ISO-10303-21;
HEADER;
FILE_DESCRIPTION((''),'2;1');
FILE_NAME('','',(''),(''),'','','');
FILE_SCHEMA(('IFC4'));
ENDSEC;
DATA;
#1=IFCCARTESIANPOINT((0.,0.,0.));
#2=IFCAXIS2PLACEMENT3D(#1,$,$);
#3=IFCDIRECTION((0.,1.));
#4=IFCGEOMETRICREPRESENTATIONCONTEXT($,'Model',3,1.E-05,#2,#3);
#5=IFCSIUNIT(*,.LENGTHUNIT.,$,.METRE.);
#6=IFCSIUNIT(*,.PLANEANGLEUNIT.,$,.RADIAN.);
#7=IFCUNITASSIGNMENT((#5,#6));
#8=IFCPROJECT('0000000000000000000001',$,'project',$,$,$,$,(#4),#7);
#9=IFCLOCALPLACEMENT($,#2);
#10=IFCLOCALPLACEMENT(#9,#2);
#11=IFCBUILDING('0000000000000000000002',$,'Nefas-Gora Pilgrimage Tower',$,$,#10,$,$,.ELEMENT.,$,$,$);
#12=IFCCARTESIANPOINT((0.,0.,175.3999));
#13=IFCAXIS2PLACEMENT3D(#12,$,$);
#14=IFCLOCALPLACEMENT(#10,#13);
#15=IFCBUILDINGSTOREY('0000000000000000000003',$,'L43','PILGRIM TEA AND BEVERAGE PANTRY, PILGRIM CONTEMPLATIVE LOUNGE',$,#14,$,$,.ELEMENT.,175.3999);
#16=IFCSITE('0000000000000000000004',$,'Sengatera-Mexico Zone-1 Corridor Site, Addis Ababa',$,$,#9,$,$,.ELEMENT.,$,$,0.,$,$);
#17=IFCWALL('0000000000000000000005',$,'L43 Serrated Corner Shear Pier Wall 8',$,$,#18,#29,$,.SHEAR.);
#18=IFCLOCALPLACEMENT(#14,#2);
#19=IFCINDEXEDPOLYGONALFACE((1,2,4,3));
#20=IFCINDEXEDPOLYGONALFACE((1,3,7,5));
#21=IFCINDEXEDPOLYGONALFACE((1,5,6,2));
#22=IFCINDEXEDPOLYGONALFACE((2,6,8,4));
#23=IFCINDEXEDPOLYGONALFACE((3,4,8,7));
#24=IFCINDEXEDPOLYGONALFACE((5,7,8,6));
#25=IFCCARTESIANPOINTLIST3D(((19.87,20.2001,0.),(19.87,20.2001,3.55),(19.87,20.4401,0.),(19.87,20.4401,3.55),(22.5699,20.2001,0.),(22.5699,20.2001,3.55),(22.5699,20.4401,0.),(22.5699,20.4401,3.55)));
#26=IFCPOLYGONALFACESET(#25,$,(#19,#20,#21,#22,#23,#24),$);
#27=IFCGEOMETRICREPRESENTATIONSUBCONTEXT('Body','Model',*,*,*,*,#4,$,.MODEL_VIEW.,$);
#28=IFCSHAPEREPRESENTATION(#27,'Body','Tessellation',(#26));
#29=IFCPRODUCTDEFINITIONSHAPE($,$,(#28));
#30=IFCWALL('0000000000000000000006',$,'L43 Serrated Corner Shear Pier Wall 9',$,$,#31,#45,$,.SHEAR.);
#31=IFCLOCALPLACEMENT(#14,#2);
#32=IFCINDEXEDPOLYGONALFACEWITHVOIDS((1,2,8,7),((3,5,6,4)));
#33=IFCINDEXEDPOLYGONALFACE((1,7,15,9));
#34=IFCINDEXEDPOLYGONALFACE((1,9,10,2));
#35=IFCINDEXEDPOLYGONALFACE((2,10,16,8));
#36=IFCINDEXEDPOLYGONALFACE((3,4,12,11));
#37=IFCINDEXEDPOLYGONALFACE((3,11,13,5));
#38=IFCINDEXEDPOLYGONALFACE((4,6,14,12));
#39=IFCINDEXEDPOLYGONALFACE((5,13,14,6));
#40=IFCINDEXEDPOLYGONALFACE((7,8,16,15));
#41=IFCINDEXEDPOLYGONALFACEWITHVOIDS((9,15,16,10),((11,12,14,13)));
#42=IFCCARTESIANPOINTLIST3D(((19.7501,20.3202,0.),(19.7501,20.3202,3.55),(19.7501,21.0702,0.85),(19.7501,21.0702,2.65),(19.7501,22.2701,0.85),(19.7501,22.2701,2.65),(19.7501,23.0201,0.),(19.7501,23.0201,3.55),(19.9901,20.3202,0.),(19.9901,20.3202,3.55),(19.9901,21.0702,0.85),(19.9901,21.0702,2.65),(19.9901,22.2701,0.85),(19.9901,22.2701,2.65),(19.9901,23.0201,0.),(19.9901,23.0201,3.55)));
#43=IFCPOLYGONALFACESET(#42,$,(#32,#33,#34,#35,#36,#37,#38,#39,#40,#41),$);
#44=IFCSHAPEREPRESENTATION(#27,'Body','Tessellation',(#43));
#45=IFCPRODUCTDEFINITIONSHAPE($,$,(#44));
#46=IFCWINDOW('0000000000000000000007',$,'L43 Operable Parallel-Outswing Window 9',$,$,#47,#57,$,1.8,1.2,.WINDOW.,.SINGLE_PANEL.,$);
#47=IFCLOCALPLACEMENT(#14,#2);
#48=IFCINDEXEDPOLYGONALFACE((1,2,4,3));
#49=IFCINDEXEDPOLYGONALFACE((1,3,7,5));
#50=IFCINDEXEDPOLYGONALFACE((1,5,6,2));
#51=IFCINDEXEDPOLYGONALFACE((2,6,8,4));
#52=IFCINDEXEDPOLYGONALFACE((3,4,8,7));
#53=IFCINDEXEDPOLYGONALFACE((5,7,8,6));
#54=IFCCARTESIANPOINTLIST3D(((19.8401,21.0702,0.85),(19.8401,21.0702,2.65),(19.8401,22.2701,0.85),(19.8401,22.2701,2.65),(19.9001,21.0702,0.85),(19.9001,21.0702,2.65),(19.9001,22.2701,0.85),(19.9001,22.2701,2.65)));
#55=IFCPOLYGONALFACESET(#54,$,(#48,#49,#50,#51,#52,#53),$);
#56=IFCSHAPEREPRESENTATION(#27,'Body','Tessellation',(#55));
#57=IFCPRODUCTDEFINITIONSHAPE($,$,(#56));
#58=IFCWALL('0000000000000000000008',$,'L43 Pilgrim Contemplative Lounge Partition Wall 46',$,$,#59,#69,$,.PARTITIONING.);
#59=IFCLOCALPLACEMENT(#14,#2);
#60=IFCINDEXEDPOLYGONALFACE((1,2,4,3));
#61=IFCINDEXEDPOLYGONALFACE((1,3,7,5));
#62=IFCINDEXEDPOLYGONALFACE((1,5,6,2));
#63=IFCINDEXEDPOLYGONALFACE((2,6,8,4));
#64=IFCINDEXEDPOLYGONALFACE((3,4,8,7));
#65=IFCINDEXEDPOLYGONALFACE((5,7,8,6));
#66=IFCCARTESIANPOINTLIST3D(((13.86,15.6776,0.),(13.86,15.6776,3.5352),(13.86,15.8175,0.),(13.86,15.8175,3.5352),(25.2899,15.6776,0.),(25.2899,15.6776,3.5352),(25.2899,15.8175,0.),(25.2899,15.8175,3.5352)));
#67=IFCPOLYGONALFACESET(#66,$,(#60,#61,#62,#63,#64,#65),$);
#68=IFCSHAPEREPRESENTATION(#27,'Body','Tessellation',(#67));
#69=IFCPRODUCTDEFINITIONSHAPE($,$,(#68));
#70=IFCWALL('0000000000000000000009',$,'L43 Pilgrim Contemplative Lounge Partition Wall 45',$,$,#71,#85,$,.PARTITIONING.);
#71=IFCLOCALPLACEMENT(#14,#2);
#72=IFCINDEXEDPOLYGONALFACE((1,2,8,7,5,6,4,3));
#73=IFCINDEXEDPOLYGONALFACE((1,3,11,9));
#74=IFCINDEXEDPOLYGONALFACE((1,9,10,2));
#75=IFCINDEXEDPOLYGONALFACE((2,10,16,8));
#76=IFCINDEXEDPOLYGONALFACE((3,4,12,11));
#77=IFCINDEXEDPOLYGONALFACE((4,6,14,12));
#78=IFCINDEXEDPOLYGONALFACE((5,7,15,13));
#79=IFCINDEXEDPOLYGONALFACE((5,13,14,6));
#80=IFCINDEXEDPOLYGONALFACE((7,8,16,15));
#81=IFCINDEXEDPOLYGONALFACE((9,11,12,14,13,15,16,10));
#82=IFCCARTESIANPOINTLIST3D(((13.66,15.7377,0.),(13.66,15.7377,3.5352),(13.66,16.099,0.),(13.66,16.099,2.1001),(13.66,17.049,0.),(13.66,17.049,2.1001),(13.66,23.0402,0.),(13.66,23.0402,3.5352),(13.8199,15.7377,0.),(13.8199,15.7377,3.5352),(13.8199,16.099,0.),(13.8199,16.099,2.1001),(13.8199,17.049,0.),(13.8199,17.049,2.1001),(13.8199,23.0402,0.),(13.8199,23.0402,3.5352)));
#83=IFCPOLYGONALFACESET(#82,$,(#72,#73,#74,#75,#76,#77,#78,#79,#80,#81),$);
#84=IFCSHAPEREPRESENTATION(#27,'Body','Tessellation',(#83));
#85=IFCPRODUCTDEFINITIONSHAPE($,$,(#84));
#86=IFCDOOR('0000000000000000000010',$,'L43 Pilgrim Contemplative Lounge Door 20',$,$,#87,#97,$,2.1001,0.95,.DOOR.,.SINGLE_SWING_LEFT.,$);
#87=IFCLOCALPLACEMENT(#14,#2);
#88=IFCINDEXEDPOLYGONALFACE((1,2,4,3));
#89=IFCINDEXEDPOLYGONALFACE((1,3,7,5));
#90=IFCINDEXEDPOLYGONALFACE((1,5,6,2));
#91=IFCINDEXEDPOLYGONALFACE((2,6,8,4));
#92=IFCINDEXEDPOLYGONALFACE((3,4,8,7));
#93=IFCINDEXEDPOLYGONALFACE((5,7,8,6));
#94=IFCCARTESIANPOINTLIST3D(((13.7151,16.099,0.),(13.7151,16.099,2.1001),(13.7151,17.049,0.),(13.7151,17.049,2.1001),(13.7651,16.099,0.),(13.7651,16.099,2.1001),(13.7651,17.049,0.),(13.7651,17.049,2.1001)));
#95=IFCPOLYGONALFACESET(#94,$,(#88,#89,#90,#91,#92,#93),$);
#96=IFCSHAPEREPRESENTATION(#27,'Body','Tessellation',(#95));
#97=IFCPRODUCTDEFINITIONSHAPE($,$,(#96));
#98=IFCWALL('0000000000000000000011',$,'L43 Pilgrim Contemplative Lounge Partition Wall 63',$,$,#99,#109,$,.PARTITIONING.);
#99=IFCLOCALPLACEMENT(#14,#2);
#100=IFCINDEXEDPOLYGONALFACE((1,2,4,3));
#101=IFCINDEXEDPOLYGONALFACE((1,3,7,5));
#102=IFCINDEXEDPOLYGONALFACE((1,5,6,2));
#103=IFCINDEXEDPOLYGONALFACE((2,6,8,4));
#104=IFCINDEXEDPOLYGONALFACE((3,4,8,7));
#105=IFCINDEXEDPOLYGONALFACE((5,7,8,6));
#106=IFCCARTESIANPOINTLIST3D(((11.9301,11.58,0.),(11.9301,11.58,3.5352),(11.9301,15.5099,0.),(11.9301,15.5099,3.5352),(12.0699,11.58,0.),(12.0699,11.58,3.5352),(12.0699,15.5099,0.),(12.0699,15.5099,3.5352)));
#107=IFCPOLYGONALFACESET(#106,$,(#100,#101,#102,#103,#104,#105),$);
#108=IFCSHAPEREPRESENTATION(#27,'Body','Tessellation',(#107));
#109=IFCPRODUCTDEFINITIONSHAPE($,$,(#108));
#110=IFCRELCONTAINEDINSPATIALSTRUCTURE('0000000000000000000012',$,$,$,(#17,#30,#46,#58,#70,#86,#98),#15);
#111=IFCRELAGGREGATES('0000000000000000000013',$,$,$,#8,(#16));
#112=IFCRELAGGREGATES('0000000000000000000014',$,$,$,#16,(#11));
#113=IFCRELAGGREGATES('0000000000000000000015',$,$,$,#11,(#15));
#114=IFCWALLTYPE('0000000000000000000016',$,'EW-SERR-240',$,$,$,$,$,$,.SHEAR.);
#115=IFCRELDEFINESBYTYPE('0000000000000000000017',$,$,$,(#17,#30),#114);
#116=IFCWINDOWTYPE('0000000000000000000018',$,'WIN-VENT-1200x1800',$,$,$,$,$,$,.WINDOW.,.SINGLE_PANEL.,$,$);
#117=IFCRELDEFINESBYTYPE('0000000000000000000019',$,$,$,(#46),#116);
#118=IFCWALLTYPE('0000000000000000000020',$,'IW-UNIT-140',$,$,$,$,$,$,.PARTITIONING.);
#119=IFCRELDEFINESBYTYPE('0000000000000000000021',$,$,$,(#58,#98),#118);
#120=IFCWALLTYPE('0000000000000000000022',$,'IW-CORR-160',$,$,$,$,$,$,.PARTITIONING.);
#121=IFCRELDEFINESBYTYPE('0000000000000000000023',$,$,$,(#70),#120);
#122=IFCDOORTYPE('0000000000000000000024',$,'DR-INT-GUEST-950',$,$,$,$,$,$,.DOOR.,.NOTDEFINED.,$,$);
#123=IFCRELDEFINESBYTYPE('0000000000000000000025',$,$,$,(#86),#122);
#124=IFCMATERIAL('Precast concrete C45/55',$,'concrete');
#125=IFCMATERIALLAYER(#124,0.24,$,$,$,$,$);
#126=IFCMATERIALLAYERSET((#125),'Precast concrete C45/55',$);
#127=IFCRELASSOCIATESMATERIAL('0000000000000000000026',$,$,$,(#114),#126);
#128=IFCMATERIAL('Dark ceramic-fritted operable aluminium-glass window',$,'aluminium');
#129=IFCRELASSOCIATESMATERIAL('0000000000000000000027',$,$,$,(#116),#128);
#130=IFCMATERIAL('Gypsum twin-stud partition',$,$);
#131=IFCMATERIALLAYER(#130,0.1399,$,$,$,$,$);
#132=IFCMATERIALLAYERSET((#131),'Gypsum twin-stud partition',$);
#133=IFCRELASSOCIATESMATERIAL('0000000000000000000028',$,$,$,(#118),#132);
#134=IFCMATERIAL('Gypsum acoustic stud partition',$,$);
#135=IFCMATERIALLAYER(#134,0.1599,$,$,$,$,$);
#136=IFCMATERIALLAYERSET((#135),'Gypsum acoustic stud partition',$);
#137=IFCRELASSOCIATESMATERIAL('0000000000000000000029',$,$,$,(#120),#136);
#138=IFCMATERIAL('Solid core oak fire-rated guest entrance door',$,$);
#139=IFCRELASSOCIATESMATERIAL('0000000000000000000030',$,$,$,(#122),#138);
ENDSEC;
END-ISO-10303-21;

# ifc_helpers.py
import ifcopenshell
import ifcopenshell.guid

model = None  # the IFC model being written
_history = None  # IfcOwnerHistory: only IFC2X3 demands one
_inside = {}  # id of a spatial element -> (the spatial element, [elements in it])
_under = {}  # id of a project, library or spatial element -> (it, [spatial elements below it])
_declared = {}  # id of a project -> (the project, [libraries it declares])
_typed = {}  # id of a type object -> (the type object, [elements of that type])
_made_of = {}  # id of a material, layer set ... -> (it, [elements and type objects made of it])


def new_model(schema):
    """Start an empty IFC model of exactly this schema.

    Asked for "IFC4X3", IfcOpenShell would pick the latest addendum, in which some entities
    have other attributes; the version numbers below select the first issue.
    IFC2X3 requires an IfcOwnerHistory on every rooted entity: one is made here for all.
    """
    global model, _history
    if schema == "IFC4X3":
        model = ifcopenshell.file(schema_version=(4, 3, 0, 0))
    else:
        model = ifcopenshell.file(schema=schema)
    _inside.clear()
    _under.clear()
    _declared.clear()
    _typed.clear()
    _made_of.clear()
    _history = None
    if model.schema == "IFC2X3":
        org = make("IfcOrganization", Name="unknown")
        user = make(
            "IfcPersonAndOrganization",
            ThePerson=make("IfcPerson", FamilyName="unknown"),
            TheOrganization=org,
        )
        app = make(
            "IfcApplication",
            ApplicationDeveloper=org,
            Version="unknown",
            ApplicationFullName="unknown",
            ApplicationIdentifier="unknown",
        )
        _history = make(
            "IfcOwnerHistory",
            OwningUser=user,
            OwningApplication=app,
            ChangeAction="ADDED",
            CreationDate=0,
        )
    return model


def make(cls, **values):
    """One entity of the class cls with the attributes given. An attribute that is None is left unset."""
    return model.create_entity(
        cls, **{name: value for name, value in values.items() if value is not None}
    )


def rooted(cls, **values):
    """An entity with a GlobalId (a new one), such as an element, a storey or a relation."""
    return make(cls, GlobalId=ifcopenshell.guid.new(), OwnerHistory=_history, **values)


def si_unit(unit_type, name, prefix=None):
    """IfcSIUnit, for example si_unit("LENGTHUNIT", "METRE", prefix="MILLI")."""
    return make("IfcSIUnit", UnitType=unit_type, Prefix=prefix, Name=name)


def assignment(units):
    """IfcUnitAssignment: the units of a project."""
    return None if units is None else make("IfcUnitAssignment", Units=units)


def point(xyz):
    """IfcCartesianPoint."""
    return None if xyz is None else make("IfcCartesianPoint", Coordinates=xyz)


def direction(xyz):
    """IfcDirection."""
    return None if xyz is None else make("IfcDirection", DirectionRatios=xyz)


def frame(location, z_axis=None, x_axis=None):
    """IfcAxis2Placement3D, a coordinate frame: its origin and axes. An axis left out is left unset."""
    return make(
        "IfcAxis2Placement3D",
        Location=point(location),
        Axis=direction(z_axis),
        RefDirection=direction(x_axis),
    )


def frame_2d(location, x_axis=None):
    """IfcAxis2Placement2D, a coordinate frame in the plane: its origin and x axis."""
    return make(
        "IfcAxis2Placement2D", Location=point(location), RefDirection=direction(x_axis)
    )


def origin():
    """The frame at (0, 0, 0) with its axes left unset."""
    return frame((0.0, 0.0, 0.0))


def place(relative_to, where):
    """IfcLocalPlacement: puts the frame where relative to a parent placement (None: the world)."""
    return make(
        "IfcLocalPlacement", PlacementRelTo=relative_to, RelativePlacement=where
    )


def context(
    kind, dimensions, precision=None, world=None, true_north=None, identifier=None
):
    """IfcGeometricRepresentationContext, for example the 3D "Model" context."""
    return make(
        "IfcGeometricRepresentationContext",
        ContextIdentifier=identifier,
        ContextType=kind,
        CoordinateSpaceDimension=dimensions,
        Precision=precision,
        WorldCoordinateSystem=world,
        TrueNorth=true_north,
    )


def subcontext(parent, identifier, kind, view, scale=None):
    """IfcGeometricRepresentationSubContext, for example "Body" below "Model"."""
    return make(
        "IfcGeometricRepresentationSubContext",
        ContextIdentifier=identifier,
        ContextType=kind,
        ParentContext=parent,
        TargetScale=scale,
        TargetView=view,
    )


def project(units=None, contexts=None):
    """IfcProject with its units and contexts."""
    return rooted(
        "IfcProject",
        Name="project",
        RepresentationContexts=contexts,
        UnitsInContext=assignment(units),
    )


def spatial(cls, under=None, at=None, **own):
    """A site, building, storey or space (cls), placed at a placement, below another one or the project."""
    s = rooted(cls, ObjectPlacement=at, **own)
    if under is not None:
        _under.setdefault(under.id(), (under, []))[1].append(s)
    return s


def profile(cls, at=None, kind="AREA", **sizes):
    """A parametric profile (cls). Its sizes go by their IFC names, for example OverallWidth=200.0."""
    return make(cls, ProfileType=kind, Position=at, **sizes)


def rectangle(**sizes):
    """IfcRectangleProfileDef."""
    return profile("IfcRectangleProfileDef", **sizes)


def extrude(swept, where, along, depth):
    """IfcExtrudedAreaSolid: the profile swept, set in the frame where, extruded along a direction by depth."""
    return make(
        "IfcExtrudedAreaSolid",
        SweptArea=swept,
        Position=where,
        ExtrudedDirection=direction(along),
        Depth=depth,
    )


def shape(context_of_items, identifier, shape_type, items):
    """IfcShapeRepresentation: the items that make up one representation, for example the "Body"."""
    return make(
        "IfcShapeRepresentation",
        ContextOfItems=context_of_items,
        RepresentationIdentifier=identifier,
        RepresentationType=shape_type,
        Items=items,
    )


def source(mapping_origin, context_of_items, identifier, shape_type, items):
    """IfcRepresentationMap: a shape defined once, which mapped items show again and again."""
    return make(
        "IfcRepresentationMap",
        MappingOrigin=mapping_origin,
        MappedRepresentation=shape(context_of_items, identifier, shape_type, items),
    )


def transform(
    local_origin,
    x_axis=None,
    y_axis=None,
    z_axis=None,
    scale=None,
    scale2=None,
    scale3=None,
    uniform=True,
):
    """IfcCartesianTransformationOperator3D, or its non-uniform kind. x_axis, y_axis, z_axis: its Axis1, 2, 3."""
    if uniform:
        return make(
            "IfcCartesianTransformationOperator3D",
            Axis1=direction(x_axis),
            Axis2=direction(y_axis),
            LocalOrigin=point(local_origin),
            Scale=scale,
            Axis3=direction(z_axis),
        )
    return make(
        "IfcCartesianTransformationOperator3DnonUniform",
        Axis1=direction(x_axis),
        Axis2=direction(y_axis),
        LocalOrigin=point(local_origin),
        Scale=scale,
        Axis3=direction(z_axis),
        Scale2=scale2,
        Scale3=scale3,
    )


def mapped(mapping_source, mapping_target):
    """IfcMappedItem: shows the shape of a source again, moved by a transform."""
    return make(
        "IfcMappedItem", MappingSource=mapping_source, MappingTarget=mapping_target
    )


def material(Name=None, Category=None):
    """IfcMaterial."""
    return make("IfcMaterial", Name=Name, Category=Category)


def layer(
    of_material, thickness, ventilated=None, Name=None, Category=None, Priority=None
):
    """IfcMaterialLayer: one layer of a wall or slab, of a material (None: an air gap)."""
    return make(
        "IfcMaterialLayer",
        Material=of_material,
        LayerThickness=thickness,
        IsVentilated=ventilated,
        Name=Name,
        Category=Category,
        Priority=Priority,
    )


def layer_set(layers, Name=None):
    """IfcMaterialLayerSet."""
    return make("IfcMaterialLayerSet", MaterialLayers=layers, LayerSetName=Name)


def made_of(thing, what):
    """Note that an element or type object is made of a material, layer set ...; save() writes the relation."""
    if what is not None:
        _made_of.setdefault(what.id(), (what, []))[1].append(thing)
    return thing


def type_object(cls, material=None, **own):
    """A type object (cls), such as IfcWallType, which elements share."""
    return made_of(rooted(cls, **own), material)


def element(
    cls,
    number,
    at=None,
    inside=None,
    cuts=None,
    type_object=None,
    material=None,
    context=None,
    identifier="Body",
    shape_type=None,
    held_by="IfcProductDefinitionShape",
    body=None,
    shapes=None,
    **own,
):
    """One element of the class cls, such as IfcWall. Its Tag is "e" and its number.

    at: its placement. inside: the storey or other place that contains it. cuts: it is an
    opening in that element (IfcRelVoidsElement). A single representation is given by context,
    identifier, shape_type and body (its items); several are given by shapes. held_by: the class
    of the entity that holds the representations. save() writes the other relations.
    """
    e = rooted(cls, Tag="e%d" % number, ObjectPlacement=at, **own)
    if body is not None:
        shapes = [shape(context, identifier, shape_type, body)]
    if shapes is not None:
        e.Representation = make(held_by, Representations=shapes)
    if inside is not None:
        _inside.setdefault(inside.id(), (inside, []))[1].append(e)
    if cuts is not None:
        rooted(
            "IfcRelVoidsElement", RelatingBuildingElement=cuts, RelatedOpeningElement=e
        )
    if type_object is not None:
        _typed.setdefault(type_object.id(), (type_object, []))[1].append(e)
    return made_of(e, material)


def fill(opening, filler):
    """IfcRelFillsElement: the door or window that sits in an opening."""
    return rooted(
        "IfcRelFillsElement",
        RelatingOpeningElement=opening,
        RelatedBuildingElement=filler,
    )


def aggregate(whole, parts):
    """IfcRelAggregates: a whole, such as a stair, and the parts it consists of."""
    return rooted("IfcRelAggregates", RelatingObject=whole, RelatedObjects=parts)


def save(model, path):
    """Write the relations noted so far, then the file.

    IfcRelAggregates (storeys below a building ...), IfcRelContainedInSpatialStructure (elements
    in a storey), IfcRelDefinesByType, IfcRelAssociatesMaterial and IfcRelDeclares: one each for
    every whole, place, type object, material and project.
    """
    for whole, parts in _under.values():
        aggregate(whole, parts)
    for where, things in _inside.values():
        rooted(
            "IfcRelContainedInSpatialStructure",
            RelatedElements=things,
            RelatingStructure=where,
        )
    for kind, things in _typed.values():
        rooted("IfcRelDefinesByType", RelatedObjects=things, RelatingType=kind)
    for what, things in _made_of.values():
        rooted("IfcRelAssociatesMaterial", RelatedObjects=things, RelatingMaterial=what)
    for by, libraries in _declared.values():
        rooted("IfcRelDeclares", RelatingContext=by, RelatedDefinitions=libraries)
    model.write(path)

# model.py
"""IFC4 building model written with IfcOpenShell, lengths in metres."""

from ifc_helpers import new_model, si_unit, direction, frame, frame_2d, origin, place, context, subcontext, project, spatial, rectangle, extrude, source, transform, mapped, material, layer, layer_set, type_object, element, fill, save


model = new_model("IFC4")

# Units and contexts
model_context = context("Model", 3, precision=1e-05, world=origin(), true_north=direction((0.0, 1.0)))
body_context = subcontext(model_context, "Body", "Model", "MODEL_VIEW")
ifc_project = project(units=[si_unit("LENGTHUNIT", "METRE"), si_unit("PLANEANGLEUNIT", "RADIAN")], contexts=[model_context])

# Site, building, storey
site_placement = place(None, origin())
site = spatial("IfcSite", under=ifc_project, at=site_placement, Name="Sengatera-Mexico Zone-1 Corridor Site, Addis Ababa", CompositionType="ELEMENT", RefElevation=0.0)
building_placement = place(site_placement, origin())
building = spatial("IfcBuilding", under=site, at=building_placement, Name="Nefas-Gora Pilgrimage Tower", CompositionType="ELEMENT")
storey_placement = place(building_placement, frame((0.0, 0.0, 175.3999)))
storey = spatial("IfcBuildingStorey", under=building, at=storey_placement, Name="L43", Description="PILGRIM TEA AND BEVERAGE PANTRY, PILGRIM CONTEMPLATIVE LOUNGE", CompositionType="ELEMENT", Elevation=175.3999)

# Wall
ifc_material_1 = material(Name="Precast concrete C45/55", Category="concrete")
ifc_layer_1 = layer(ifc_material_1, 0.24)
ifc_layer_set_1 = layer_set([ifc_layer_1], Name="Precast concrete C45/55")
wall_type_1 = type_object("IfcWallType", Name="EW-SERR-240", PredefinedType="SHEAR", material=ifc_layer_set_1)
shared_shape_1 = source(origin(), body_context, "Body", "SweptSolid", [
    extrude(rectangle(XDim=2.7, YDim=0.24, at=frame_2d((1.3501, 0.0))), origin(), (0.0, 0.0, 1.0), 3.55),
])
for number, where, z_axis, x_axis, name in (
    (1, (22.5701, 20.3201, 0.0), (0.0, 0.0, 1.0), (-1.0, 0.0, 0.0), "L43 Serrated Corner Shear Pier Wall 8"),
):
    element("IfcWall", number, at=place(storey_placement, frame(where, z_axis=z_axis, x_axis=x_axis)), inside=storey, type_object=wall_type_1, Name=name, PredefinedType="SHEAR", context=body_context, shape_type="MappedRepresentation", body=[
        mapped(shared_shape_1, transform((0.0, 0.0, 0.0), x_axis=(1.0, 0.0, 0.0), y_axis=(0.0, 1.0, 0.0), z_axis=(0.0, 0.0, 1.0), scale=1.0)),
    ])

# Wall, opening, window
wall_1_placement = place(storey_placement, frame((19.8701, 20.3201, 0.0), z_axis=(0.0, 0.0, 1.0), x_axis=(0.0, 1.0, 0.0)))
wall_1 = element("IfcWall", 2, at=wall_1_placement, inside=storey, type_object=wall_type_1, Name="L43 Serrated Corner Shear Pier Wall 9", PredefinedType="SHEAR", context=body_context, shape_type="MappedRepresentation", body=[
    mapped(shared_shape_1, transform((0.0, 0.0, 0.0), x_axis=(1.0, 0.0, 0.0), y_axis=(0.0, 1.0, 0.0), z_axis=(0.0, 0.0, 1.0), scale=1.0)),
])
opening_1_placement = place(wall_1_placement, frame((0.75, 0.0, 0.8501)))
opening_1 = element("IfcOpeningElement", 3, at=opening_1_placement, cuts=wall_1, PredefinedType="OPENING", context=body_context, shape_type="SweptSolid", body=[
    extrude(rectangle(XDim=1.2, YDim=1.8, at=frame_2d((0.6001, 0.8999))), frame((0.0, 0.1299, 0.0), z_axis=(0.0, -1.0, 0.0), x_axis=(1.0, 0.0, 0.0)), (0.0, 0.0, 1.0), 0.26),
])
ifc_material_2 = material(Name="Dark ceramic-fritted operable aluminium-glass window", Category="aluminium")
window_type = type_object("IfcWindowType", Name="WIN-VENT-1200x1800", PartitioningType="SINGLE_PANEL", PredefinedType="WINDOW", material=ifc_material_2)
shared_shape_2 = source(origin(), body_context, "Body", "SweptSolid", [
    extrude(rectangle(XDim=1.2, YDim=1.8, at=frame_2d((0.6001, 0.8999))), frame((0.0, 0.03, 0.0), z_axis=(0.0, -1.0, 0.0), x_axis=(1.0, 0.0, 0.0)), (0.0, 0.0, 1.0), 0.0601),
])
window_placement = place(opening_1_placement, origin())
window = element("IfcWindow", 4, at=window_placement, inside=storey, type_object=window_type, Name="L43 Operable Parallel-Outswing Window 9", OverallHeight=1.8, OverallWidth=1.2, PartitioningType="SINGLE_PANEL", PredefinedType="WINDOW", context=body_context, shape_type="MappedRepresentation", body=[
    mapped(shared_shape_2, transform((0.0, 0.0, 0.0), x_axis=(1.0, 0.0, 0.0), y_axis=(0.0, 1.0, 0.0), z_axis=(0.0, 0.0, 1.0), scale=1.0)),
])
fill(opening_1, window)

# Wall
ifc_material_3 = material(Name="Gypsum twin-stud partition")
ifc_layer_2 = layer(ifc_material_3, 0.1399)
ifc_layer_set_2 = layer_set([ifc_layer_2], Name="Gypsum twin-stud partition")
wall_type_2 = type_object("IfcWallType", Name="IW-UNIT-140", PredefinedType="PARTITIONING", material=ifc_layer_set_2)
shared_shape_3 = source(origin(), body_context, "Body", "SweptSolid", [
    extrude(rectangle(XDim=11.4299, YDim=0.1399, at=frame_2d((5.7148, 0.0))), origin(), (0.0, 0.0, 1.0), 3.5352),
])
wall_2_placement = place(storey_placement, frame((13.8601, 15.7476, 0.0), z_axis=(0.0, 0.0, 1.0), x_axis=(1.0, 0.0, 0.0)))
element("IfcWall", 5, at=wall_2_placement, inside=storey, type_object=wall_type_2, Name="L43 Pilgrim Contemplative Lounge Partition Wall 46", PredefinedType="PARTITIONING", context=body_context, shape_type="MappedRepresentation", body=[
    mapped(shared_shape_3, transform((0.0, 0.0, 0.0), x_axis=(1.0, 0.0, 0.0), y_axis=(0.0, 1.0, 0.0), z_axis=(0.0, 0.0, 1.0), scale=1.0)),
])

# Wall, opening, door
ifc_material_4 = material(Name="Gypsum acoustic stud partition")
ifc_layer_3 = layer(ifc_material_4, 0.1599)
ifc_layer_set_3 = layer_set([ifc_layer_3], Name="Gypsum acoustic stud partition")
wall_type_3 = type_object("IfcWallType", Name="IW-CORR-160", PredefinedType="PARTITIONING", material=ifc_layer_set_3)
shared_shape_4 = source(origin(), body_context, "Body", "SweptSolid", [
    extrude(rectangle(XDim=7.3025, YDim=0.1599, at=frame_2d((3.6514, 0.0))), origin(), (0.0, 0.0, 1.0), 3.5352),
])
wall_3_placement = place(storey_placement, frame((13.74, 15.7375, 0.0), z_axis=(0.0, 0.0, 1.0), x_axis=(0.0, 1.0, 0.0)))
wall_3 = element("IfcWall", 6, at=wall_3_placement, inside=storey, type_object=wall_type_3, Name="L43 Pilgrim Contemplative Lounge Partition Wall 45", PredefinedType="PARTITIONING", context=body_context, shape_type="MappedRepresentation", body=[
    mapped(shared_shape_4, transform((0.0, 0.0, 0.0), x_axis=(1.0, 0.0, 0.0), y_axis=(0.0, 1.0, 0.0), z_axis=(0.0, 0.0, 1.0), scale=1.0)),
])
opening_2_placement = place(wall_3_placement, frame((0.3613, 0.0, 0.0)))
opening_2 = element("IfcOpeningElement", 7, at=opening_2_placement, cuts=wall_3, PredefinedType="OPENING", context=body_context, shape_type="SweptSolid", body=[
    extrude(rectangle(XDim=0.95, YDim=2.1001, at=frame_2d((0.4751, 1.05))), frame((0.0, 0.0898, 0.0), z_axis=(0.0, -1.0, 0.0), x_axis=(1.0, 0.0, 0.0)), (0.0, 0.0, 1.0), 0.1799),
])
ifc_material_5 = material(Name="Solid core oak fire-rated guest entrance door")
door_type = type_object("IfcDoorType", Name="DR-INT-GUEST-950", OperationType="NOTDEFINED", PredefinedType="DOOR", material=ifc_material_5)
shared_shape_5 = source(origin(), body_context, "Body", "SweptSolid", [
    extrude(rectangle(XDim=0.95, YDim=2.1001, at=frame_2d((0.4751, 1.05))), frame((0.0, 0.0249, 0.0), z_axis=(0.0, -1.0, 0.0), x_axis=(1.0, 0.0, 0.0)), (0.0, 0.0, 1.0), 0.05),
])
door_placement = place(opening_2_placement, origin())
door = element("IfcDoor", 8, at=door_placement, inside=storey, type_object=door_type, Name="L43 Pilgrim Contemplative Lounge Door 20", OperationType="SINGLE_SWING_LEFT", OverallHeight=2.1001, OverallWidth=0.95, PredefinedType="DOOR", context=body_context, shape_type="MappedRepresentation", body=[
    mapped(shared_shape_5, transform((0.0, 0.0, 0.0), x_axis=(1.0, 0.0, 0.0), y_axis=(0.0, 1.0, 0.0), z_axis=(0.0, 0.0, 1.0), scale=1.0)),
])
fill(opening_2, door)

# Wall
shared_shape_6 = source(origin(), body_context, "Body", "SweptSolid", [
    extrude(rectangle(XDim=3.9299, YDim=0.1399, at=frame_2d((1.9648, 0.0))), origin(), (0.0, 0.0, 1.0), 3.5352),
])
wall_4_placement = place(storey_placement, frame((12.0, 11.5801, 0.0), z_axis=(0.0, 0.0, 1.0), x_axis=(0.0, 1.0, 0.0)))
element("IfcWall", 9, at=wall_4_placement, inside=storey, type_object=wall_type_2, Name="L43 Pilgrim Contemplative Lounge Partition Wall 63", PredefinedType="PARTITIONING", context=body_context, shape_type="MappedRepresentation", body=[
    mapped(shared_shape_6, transform((0.0, 0.0, 0.0), x_axis=(1.0, 0.0, 0.0), y_axis=(0.0, 1.0, 0.0), z_axis=(0.0, 0.0, 1.0), scale=1.0)),
])

save(model, "model.ifc")
